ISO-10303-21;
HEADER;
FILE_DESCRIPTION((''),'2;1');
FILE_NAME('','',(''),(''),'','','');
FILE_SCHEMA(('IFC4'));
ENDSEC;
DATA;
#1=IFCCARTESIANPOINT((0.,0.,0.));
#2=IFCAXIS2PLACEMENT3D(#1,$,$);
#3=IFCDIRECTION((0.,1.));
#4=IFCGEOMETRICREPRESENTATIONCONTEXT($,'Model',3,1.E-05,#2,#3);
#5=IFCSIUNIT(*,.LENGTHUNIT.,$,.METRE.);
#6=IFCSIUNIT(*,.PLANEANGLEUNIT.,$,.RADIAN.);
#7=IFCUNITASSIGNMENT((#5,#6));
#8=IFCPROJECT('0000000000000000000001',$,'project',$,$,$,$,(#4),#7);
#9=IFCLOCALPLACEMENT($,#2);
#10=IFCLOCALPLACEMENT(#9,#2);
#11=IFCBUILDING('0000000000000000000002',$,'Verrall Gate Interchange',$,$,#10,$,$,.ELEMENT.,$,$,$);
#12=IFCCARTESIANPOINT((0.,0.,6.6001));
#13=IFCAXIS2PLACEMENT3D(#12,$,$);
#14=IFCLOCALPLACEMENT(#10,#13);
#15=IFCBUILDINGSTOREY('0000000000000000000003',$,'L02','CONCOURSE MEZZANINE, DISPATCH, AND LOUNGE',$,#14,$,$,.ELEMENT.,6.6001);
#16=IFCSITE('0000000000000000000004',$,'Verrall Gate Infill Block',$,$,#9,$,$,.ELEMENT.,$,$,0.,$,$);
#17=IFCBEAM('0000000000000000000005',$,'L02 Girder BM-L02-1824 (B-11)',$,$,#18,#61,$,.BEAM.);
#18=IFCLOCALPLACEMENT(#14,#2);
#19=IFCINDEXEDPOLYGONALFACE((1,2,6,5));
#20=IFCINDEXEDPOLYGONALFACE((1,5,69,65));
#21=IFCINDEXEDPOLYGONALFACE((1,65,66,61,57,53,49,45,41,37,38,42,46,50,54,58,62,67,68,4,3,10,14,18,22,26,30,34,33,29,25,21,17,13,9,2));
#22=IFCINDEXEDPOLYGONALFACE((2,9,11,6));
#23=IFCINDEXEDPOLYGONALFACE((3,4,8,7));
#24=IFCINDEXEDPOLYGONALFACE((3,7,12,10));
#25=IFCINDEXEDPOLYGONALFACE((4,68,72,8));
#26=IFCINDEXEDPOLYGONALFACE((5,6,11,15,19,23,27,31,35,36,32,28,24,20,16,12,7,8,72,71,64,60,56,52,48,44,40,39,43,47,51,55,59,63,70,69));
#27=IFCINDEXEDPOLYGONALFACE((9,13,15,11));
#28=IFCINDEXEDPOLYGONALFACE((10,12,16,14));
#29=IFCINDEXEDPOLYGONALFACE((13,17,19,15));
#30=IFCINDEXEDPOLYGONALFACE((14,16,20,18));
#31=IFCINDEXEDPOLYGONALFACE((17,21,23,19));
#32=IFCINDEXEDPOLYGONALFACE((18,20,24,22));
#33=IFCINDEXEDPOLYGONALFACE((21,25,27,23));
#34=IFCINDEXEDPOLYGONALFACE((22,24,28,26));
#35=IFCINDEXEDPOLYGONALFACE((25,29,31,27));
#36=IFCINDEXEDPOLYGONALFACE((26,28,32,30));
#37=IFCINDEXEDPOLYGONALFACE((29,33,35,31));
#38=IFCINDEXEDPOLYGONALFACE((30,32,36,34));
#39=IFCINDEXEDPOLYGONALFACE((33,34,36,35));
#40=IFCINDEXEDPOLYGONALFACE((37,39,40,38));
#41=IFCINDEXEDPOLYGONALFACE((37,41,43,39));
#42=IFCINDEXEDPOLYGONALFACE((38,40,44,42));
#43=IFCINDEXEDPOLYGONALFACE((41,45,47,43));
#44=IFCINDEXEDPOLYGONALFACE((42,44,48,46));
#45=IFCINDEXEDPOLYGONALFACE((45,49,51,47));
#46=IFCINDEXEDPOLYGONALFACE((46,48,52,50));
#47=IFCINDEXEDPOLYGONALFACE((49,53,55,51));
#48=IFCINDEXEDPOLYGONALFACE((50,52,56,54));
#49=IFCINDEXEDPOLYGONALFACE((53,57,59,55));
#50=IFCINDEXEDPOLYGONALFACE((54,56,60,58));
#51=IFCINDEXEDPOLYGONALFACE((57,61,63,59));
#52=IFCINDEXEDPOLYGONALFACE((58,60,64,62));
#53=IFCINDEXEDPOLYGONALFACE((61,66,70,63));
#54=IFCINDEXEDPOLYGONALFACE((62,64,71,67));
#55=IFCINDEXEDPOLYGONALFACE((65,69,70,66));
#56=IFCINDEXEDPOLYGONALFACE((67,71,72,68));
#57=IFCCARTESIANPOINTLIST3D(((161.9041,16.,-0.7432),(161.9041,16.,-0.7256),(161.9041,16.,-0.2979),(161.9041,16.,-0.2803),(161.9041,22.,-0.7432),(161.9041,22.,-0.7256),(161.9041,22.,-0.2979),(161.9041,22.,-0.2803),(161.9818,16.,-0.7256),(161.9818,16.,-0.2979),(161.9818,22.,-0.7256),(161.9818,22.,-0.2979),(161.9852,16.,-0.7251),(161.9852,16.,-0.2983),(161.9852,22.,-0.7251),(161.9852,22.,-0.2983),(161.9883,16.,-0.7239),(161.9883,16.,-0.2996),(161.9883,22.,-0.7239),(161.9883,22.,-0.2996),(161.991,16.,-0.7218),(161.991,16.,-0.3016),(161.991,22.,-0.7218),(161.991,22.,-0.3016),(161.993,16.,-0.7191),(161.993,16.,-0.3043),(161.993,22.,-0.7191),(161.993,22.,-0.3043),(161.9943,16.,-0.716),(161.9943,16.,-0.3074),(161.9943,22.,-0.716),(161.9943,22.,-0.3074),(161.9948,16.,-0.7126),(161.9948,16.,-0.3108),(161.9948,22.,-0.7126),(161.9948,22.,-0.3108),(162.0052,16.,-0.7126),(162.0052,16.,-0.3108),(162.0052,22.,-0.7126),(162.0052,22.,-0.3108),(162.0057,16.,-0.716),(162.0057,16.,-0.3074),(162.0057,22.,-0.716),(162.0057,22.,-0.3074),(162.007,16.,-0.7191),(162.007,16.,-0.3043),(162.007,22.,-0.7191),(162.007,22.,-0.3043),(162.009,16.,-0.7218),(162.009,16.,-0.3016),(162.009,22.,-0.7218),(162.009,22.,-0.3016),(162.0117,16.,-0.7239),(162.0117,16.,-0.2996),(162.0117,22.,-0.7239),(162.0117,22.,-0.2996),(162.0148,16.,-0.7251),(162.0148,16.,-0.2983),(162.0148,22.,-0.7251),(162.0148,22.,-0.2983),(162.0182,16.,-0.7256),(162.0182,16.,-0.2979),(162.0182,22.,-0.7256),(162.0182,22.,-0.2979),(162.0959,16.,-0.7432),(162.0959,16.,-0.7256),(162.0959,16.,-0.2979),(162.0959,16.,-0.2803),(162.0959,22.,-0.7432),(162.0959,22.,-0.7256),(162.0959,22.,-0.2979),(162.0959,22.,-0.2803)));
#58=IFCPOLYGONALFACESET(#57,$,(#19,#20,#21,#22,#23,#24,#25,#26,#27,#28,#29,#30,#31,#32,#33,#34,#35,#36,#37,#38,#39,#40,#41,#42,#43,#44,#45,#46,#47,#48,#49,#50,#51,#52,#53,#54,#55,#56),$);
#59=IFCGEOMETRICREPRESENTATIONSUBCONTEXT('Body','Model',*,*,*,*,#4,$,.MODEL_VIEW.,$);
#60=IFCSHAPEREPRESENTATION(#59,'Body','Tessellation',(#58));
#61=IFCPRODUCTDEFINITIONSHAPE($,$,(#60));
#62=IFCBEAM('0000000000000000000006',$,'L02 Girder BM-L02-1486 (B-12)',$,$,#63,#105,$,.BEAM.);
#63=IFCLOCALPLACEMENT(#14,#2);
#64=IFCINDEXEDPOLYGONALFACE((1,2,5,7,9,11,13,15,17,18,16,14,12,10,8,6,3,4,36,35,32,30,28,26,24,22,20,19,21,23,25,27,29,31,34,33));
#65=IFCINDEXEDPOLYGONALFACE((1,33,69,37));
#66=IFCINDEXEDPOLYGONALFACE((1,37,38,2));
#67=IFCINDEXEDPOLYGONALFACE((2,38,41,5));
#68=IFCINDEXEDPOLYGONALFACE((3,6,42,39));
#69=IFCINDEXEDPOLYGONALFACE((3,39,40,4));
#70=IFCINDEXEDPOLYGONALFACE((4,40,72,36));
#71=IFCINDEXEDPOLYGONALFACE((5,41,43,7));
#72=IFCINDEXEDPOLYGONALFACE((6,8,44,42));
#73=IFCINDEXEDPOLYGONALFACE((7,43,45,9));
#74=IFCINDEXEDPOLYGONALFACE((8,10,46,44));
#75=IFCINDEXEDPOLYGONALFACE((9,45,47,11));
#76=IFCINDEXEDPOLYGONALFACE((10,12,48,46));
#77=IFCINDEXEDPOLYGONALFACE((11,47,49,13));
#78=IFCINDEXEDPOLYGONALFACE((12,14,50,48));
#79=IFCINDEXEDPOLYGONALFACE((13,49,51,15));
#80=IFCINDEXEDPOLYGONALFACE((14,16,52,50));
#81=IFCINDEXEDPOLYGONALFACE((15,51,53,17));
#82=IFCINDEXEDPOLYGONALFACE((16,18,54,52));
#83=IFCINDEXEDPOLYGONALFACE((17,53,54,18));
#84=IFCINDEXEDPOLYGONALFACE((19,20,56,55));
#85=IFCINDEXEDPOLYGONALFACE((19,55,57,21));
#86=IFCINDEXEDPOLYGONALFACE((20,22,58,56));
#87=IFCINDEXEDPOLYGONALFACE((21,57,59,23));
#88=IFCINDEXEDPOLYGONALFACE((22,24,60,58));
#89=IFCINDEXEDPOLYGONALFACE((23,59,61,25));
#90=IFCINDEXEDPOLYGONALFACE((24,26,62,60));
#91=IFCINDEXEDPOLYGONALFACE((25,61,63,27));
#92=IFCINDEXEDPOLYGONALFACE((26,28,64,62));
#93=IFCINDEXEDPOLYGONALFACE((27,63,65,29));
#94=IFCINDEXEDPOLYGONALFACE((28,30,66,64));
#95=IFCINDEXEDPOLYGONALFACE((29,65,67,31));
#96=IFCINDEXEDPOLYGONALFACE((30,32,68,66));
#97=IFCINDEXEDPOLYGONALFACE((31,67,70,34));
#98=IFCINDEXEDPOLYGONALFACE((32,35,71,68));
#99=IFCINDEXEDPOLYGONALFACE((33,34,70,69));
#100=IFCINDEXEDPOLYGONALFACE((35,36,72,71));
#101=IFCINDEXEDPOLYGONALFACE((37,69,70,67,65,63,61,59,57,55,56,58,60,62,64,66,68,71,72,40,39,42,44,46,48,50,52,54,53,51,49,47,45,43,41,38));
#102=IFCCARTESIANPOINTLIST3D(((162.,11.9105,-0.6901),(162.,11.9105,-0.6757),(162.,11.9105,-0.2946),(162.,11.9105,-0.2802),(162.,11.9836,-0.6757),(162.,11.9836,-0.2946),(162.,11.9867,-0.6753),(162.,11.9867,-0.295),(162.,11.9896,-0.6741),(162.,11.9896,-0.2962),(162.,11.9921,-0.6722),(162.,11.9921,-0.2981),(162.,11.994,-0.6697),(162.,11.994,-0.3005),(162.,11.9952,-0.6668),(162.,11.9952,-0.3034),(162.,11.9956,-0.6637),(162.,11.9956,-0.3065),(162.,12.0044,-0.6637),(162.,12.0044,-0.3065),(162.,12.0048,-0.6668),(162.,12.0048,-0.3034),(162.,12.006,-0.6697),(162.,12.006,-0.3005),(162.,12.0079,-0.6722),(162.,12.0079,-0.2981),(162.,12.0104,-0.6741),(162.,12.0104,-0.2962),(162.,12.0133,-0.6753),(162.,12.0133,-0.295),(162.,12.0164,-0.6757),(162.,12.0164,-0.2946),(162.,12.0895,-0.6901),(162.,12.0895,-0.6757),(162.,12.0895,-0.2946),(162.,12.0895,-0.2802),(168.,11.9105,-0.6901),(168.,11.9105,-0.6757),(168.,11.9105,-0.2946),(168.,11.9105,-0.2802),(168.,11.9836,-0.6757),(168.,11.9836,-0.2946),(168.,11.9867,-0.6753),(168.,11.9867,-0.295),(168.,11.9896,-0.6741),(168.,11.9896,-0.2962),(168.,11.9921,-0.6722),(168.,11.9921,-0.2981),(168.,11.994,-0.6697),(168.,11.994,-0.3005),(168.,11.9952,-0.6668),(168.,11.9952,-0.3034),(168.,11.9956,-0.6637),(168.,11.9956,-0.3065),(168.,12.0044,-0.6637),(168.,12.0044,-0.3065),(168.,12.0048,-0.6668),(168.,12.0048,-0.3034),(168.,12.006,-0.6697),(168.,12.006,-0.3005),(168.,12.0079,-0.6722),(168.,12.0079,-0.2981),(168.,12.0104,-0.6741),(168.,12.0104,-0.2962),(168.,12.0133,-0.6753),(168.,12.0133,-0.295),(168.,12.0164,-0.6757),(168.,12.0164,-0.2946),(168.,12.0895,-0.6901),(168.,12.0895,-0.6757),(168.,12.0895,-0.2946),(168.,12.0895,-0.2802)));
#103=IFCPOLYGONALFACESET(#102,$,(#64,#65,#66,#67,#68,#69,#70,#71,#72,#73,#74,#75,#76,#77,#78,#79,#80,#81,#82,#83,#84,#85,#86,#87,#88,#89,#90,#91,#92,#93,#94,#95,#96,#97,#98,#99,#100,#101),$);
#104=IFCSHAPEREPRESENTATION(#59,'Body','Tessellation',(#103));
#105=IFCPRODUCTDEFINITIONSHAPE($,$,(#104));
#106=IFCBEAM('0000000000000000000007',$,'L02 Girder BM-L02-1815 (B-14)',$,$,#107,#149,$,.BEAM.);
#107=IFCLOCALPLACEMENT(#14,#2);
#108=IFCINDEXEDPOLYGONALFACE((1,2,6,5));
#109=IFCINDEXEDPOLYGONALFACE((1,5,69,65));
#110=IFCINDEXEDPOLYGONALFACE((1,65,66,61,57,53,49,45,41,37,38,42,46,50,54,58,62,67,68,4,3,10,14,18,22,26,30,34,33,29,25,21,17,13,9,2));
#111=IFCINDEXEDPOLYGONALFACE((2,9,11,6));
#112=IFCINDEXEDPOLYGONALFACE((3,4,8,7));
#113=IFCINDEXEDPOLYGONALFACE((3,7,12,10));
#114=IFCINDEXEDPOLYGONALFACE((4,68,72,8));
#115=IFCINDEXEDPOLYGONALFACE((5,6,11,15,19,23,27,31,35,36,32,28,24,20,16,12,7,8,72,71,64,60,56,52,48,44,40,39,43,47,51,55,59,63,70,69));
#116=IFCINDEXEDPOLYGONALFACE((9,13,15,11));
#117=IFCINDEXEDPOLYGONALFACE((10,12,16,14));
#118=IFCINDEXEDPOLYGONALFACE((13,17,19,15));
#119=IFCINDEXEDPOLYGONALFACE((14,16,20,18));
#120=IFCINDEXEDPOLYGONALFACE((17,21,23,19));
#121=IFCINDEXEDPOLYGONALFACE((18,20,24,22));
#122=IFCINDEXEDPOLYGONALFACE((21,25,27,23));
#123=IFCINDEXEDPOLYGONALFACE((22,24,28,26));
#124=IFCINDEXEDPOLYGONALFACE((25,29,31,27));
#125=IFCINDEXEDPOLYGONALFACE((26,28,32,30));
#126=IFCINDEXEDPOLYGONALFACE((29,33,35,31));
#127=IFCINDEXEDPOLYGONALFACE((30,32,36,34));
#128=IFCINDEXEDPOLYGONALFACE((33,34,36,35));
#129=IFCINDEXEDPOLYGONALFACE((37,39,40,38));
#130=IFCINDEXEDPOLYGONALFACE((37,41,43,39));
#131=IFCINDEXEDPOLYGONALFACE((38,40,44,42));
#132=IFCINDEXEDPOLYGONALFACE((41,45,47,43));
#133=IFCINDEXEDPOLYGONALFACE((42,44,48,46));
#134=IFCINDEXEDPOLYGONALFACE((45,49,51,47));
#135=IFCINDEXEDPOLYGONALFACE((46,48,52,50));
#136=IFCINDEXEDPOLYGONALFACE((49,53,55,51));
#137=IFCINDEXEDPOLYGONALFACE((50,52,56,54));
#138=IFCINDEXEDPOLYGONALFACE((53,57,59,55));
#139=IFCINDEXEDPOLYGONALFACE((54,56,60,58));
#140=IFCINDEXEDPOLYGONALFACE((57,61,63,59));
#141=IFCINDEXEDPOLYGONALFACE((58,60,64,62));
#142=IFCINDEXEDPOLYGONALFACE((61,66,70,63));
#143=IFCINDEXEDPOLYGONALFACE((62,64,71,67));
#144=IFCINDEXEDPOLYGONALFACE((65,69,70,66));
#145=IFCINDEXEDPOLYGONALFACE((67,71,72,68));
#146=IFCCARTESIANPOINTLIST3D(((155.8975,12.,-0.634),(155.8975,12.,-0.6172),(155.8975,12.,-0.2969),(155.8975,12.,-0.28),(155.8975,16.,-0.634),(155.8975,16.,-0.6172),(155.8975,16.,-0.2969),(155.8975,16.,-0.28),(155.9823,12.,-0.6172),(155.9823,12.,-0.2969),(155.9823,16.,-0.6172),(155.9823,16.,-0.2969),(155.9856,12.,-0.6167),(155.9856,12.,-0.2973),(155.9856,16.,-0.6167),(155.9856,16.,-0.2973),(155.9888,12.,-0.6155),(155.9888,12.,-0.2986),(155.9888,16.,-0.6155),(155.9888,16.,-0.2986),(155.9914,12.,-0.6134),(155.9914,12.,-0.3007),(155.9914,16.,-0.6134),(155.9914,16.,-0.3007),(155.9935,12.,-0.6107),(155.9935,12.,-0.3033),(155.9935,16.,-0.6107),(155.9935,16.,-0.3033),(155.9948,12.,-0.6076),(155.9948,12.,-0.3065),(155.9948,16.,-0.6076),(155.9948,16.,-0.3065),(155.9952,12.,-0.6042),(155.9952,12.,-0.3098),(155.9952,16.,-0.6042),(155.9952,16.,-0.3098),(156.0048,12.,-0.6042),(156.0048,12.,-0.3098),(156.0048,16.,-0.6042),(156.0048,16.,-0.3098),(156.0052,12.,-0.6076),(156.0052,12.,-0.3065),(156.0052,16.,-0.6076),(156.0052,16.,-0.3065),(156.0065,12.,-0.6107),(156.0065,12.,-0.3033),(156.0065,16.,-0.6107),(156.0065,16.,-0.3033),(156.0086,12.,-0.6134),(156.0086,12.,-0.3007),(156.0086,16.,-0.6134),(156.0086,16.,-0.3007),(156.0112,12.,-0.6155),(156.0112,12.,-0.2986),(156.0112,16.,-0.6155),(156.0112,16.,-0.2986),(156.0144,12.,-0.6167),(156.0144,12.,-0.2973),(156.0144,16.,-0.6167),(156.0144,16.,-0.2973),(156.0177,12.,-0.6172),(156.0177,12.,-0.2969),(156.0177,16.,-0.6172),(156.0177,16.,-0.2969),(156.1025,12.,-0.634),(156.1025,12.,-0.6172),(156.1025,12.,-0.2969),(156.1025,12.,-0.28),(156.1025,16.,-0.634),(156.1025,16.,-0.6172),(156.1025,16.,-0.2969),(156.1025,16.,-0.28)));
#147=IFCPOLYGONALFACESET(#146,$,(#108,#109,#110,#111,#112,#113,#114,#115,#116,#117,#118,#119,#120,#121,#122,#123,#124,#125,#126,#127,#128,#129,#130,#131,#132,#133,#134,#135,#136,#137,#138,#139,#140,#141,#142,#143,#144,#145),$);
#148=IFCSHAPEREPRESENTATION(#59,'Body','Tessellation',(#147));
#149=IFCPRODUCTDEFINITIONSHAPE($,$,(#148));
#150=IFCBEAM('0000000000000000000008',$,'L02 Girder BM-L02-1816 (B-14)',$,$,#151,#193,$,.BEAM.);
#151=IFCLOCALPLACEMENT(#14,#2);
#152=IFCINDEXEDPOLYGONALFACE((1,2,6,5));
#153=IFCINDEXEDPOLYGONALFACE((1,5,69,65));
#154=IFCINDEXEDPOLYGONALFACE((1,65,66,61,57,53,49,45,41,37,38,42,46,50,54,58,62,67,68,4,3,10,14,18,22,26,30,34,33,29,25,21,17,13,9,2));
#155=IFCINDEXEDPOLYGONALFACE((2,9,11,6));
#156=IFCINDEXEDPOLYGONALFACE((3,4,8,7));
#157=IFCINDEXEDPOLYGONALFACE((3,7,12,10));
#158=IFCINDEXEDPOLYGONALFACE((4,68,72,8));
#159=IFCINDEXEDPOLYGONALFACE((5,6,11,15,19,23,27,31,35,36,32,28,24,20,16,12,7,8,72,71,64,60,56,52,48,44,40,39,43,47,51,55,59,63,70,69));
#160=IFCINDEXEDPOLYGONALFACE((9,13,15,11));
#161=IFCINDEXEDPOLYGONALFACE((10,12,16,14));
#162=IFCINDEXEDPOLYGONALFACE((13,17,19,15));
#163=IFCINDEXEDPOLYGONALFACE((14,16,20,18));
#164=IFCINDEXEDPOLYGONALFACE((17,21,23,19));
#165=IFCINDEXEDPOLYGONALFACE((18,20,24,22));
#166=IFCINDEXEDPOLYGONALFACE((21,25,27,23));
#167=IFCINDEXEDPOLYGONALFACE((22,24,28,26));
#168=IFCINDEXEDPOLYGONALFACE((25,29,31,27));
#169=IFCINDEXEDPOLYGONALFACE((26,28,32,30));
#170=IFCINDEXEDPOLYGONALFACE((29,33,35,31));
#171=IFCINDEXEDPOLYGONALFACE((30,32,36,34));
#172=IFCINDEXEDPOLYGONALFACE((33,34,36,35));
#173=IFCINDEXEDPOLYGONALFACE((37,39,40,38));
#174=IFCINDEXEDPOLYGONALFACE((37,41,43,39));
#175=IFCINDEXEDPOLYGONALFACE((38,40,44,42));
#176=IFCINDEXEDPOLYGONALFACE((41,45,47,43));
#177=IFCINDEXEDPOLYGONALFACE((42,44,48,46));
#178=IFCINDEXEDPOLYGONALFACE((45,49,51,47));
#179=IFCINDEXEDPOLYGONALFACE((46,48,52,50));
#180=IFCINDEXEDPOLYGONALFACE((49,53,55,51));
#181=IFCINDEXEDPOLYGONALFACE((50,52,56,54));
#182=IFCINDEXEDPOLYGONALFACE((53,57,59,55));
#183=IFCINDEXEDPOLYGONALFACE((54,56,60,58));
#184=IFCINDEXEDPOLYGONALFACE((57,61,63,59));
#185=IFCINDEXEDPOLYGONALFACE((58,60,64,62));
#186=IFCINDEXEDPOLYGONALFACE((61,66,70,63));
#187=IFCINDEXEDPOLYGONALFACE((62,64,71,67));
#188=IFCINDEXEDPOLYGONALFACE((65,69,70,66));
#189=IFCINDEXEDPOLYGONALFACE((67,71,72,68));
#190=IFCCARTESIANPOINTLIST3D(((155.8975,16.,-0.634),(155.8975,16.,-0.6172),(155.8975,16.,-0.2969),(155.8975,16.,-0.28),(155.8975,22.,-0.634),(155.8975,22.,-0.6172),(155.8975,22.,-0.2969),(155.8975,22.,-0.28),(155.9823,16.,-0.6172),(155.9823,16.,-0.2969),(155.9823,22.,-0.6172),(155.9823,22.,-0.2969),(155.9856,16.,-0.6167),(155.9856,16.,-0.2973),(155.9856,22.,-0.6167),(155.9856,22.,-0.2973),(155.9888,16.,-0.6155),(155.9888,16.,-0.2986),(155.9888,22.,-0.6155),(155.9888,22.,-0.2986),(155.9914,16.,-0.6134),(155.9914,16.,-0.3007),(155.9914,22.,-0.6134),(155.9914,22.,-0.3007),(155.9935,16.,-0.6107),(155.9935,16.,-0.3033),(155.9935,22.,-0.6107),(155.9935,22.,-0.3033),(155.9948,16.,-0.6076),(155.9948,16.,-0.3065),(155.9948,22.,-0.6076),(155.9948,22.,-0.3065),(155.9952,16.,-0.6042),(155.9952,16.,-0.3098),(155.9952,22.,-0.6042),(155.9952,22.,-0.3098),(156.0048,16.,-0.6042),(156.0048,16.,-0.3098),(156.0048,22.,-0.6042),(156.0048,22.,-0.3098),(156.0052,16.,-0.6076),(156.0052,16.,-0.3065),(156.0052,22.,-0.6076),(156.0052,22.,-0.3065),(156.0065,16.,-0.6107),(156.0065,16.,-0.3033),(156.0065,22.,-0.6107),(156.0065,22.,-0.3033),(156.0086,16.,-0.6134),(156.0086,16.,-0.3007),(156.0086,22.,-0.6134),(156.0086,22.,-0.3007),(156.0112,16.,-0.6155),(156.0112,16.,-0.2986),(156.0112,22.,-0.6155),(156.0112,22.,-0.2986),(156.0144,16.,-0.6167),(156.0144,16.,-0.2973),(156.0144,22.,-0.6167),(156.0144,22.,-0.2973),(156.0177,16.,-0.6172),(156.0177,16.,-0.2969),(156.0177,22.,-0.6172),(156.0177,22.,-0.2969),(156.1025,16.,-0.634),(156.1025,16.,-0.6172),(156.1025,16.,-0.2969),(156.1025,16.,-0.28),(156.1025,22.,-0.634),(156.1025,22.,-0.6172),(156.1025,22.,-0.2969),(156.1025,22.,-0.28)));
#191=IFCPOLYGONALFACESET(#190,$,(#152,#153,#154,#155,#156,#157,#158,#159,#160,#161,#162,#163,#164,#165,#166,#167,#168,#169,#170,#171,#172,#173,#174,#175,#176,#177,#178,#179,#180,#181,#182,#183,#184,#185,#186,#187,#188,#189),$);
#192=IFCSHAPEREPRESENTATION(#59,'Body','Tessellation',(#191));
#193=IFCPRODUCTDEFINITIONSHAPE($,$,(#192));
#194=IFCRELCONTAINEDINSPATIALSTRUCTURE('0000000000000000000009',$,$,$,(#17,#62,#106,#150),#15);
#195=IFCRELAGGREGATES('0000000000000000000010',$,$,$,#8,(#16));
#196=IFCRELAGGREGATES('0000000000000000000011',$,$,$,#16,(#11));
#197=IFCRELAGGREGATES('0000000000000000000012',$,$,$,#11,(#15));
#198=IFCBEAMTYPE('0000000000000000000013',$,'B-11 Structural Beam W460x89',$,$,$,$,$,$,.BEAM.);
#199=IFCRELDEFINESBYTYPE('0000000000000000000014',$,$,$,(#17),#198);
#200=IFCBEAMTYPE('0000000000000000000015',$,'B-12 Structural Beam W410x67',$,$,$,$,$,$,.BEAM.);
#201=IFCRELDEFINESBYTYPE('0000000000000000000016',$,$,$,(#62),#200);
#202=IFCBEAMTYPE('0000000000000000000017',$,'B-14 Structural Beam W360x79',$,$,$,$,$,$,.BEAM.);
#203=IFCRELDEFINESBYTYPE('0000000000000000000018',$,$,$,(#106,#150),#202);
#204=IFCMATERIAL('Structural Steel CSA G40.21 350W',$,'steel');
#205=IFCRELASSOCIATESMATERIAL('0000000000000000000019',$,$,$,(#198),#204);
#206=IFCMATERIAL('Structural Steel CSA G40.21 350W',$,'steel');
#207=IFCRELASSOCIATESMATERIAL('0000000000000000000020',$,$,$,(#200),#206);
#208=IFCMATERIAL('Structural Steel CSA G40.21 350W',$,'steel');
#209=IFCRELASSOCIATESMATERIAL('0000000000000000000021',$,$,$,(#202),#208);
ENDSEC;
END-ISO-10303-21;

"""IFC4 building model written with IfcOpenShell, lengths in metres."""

from ifc_helpers import new_model, si_unit, direction, frame, origin, origin_2d, place, context, subcontext, project, spatial, i_section, extrude, material, material_profile, profile_set, type_object, element, save


model = new_model("IFC4")

# Units and contexts
model_context = context("Model", 3, precision=1e-05, world=origin(), true_north=direction((0.0, 1.0)))
body_context = subcontext(model_context, "Body", "Model", "MODEL_VIEW")
ifc_project = project(units=[si_unit("LENGTHUNIT", "METRE"), si_unit("PLANEANGLEUNIT", "RADIAN")], contexts=[model_context])

# Site, building, storey
site_placement = place(None, origin())
site = spatial("IfcSite", under=ifc_project, at=site_placement, Name="Verrall Gate Infill Block", CompositionType="ELEMENT", RefElevation=0.0)
building_placement = place(site_placement, origin())
building = spatial("IfcBuilding", under=site, at=building_placement, Name="Verrall Gate Interchange", CompositionType="ELEMENT")
storey_placement = place(building_placement, frame((0.0, 0.0, 6.6001)))
storey = spatial("IfcBuildingStorey", under=building, at=storey_placement, Name="L02", Description="CONCOURSE MEZZANINE, DISPATCH, AND LOUNGE", CompositionType="ELEMENT", Elevation=6.6001)

# Beams
ifc_material_1 = material(Name="Structural Steel CSA G40.21 350W", Category="steel")
ifc_material_profile_1 = material_profile(ifc_material_1, i_section(OverallWidth=0.1919, OverallDepth=0.4629, WebThickness=0.0105, FlangeThickness=0.0176, FilletRadius=0.0129, at=origin_2d()), Name="W460x89")
ifc_profile_set_1 = profile_set([ifc_material_profile_1], Name="Structural Steel CSA G40.21 350W")
beam_type_1 = type_object("IfcBeamType", Name="B-11 Structural Beam W460x89", PredefinedType="BEAM", material=ifc_profile_set_1)
beam_1_placement = place(storey_placement, frame((162.0, 16.0, -0.5117), z_axis=(0.0, 1.0, 0.0), x_axis=(-1.0, 0.0, 0.0)))
element("IfcBeam", 1, at=beam_1_placement, inside=storey, type_object=beam_type_1, Name="L02 Girder BM-L02-1824 (B-11)", PredefinedType="BEAM", context=body_context, shape_type="SweptSolid", body=[
    extrude(i_section(OverallWidth=0.1919, OverallDepth=0.4629, WebThickness=0.0105, FlangeThickness=0.0176, FilletRadius=0.0129, at=origin_2d()), origin(), (0.0, 0.0, 1.0), 6.0),
])
ifc_material_2 = material(Name="Structural Steel CSA G40.21 350W", Category="steel")
ifc_material_profile_2 = material_profile(ifc_material_2, i_section(OverallWidth=0.179, OverallDepth=0.4099, WebThickness=0.0088, FlangeThickness=0.0144, FilletRadius=0.012, at=origin_2d()), Name="W410x67")
ifc_profile_set_2 = profile_set([ifc_material_profile_2], Name="Structural Steel CSA G40.21 350W")
beam_type_2 = type_object("IfcBeamType", Name="B-12 Structural Beam W410x67", PredefinedType="BEAM", material=ifc_profile_set_2)
beam_2_placement = place(storey_placement, frame((162.0, 12.0, -0.4851), z_axis=(1.0, 0.0, 0.0), x_axis=(0.0, 1.0, 0.0)))
element("IfcBeam", 2, at=beam_2_placement, inside=storey, type_object=beam_type_2, Name="L02 Girder BM-L02-1486 (B-12)", PredefinedType="BEAM", context=body_context, shape_type="SweptSolid", body=[
    extrude(i_section(OverallWidth=0.179, OverallDepth=0.4099, WebThickness=0.0088, FlangeThickness=0.0144, FilletRadius=0.012, at=origin_2d()), origin(), (0.0, 0.0, 1.0), 6.0),
])
ifc_material_3 = material(Name="Structural Steel CSA G40.21 350W", Category="steel")
ifc_material_profile_3 = material_profile(ifc_material_3, i_section(OverallWidth=0.2051, OverallDepth=0.354, WebThickness=0.0095, FlangeThickness=0.0168, FilletRadius=0.0129, at=origin_2d()), Name="W360x79")
ifc_profile_set_3 = profile_set([ifc_material_profile_3], Name="Structural Steel CSA G40.21 350W")
beam_type_3 = type_object("IfcBeamType", Name="B-14 Structural Beam W360x79", PredefinedType="BEAM", material=ifc_profile_set_3)
beam_3_placement = place(storey_placement, frame((156.0, 12.0, -0.457), z_axis=(0.0, 1.0, 0.0), x_axis=(-1.0, 0.0, 0.0)))
element("IfcBeam", 3, at=beam_3_placement, inside=storey, type_object=beam_type_3, Name="L02 Girder BM-L02-1815 (B-14)", PredefinedType="BEAM", context=body_context, shape_type="SweptSolid", body=[
    extrude(i_section(OverallWidth=0.2051, OverallDepth=0.354, WebThickness=0.0095, FlangeThickness=0.0168, FilletRadius=0.0129, at=origin_2d()), origin(), (0.0, 0.0, 1.0), 4.0),
])
beam_4_placement = place(storey_placement, frame((156.0, 16.0, -0.457), z_axis=(0.0, 1.0, 0.0), x_axis=(-1.0, 0.0, 0.0)))
element("IfcBeam", 4, at=beam_4_placement, inside=storey, type_object=beam_type_3, Name="L02 Girder BM-L02-1816 (B-14)", PredefinedType="BEAM", context=body_context, shape_type="SweptSolid", body=[
    extrude(i_section(OverallWidth=0.2051, OverallDepth=0.354, WebThickness=0.0095, FlangeThickness=0.0168, FilletRadius=0.0129, at=origin_2d()), origin(), (0.0, 0.0, 1.0), 6.0),
])

save(model, "model.ifc")
